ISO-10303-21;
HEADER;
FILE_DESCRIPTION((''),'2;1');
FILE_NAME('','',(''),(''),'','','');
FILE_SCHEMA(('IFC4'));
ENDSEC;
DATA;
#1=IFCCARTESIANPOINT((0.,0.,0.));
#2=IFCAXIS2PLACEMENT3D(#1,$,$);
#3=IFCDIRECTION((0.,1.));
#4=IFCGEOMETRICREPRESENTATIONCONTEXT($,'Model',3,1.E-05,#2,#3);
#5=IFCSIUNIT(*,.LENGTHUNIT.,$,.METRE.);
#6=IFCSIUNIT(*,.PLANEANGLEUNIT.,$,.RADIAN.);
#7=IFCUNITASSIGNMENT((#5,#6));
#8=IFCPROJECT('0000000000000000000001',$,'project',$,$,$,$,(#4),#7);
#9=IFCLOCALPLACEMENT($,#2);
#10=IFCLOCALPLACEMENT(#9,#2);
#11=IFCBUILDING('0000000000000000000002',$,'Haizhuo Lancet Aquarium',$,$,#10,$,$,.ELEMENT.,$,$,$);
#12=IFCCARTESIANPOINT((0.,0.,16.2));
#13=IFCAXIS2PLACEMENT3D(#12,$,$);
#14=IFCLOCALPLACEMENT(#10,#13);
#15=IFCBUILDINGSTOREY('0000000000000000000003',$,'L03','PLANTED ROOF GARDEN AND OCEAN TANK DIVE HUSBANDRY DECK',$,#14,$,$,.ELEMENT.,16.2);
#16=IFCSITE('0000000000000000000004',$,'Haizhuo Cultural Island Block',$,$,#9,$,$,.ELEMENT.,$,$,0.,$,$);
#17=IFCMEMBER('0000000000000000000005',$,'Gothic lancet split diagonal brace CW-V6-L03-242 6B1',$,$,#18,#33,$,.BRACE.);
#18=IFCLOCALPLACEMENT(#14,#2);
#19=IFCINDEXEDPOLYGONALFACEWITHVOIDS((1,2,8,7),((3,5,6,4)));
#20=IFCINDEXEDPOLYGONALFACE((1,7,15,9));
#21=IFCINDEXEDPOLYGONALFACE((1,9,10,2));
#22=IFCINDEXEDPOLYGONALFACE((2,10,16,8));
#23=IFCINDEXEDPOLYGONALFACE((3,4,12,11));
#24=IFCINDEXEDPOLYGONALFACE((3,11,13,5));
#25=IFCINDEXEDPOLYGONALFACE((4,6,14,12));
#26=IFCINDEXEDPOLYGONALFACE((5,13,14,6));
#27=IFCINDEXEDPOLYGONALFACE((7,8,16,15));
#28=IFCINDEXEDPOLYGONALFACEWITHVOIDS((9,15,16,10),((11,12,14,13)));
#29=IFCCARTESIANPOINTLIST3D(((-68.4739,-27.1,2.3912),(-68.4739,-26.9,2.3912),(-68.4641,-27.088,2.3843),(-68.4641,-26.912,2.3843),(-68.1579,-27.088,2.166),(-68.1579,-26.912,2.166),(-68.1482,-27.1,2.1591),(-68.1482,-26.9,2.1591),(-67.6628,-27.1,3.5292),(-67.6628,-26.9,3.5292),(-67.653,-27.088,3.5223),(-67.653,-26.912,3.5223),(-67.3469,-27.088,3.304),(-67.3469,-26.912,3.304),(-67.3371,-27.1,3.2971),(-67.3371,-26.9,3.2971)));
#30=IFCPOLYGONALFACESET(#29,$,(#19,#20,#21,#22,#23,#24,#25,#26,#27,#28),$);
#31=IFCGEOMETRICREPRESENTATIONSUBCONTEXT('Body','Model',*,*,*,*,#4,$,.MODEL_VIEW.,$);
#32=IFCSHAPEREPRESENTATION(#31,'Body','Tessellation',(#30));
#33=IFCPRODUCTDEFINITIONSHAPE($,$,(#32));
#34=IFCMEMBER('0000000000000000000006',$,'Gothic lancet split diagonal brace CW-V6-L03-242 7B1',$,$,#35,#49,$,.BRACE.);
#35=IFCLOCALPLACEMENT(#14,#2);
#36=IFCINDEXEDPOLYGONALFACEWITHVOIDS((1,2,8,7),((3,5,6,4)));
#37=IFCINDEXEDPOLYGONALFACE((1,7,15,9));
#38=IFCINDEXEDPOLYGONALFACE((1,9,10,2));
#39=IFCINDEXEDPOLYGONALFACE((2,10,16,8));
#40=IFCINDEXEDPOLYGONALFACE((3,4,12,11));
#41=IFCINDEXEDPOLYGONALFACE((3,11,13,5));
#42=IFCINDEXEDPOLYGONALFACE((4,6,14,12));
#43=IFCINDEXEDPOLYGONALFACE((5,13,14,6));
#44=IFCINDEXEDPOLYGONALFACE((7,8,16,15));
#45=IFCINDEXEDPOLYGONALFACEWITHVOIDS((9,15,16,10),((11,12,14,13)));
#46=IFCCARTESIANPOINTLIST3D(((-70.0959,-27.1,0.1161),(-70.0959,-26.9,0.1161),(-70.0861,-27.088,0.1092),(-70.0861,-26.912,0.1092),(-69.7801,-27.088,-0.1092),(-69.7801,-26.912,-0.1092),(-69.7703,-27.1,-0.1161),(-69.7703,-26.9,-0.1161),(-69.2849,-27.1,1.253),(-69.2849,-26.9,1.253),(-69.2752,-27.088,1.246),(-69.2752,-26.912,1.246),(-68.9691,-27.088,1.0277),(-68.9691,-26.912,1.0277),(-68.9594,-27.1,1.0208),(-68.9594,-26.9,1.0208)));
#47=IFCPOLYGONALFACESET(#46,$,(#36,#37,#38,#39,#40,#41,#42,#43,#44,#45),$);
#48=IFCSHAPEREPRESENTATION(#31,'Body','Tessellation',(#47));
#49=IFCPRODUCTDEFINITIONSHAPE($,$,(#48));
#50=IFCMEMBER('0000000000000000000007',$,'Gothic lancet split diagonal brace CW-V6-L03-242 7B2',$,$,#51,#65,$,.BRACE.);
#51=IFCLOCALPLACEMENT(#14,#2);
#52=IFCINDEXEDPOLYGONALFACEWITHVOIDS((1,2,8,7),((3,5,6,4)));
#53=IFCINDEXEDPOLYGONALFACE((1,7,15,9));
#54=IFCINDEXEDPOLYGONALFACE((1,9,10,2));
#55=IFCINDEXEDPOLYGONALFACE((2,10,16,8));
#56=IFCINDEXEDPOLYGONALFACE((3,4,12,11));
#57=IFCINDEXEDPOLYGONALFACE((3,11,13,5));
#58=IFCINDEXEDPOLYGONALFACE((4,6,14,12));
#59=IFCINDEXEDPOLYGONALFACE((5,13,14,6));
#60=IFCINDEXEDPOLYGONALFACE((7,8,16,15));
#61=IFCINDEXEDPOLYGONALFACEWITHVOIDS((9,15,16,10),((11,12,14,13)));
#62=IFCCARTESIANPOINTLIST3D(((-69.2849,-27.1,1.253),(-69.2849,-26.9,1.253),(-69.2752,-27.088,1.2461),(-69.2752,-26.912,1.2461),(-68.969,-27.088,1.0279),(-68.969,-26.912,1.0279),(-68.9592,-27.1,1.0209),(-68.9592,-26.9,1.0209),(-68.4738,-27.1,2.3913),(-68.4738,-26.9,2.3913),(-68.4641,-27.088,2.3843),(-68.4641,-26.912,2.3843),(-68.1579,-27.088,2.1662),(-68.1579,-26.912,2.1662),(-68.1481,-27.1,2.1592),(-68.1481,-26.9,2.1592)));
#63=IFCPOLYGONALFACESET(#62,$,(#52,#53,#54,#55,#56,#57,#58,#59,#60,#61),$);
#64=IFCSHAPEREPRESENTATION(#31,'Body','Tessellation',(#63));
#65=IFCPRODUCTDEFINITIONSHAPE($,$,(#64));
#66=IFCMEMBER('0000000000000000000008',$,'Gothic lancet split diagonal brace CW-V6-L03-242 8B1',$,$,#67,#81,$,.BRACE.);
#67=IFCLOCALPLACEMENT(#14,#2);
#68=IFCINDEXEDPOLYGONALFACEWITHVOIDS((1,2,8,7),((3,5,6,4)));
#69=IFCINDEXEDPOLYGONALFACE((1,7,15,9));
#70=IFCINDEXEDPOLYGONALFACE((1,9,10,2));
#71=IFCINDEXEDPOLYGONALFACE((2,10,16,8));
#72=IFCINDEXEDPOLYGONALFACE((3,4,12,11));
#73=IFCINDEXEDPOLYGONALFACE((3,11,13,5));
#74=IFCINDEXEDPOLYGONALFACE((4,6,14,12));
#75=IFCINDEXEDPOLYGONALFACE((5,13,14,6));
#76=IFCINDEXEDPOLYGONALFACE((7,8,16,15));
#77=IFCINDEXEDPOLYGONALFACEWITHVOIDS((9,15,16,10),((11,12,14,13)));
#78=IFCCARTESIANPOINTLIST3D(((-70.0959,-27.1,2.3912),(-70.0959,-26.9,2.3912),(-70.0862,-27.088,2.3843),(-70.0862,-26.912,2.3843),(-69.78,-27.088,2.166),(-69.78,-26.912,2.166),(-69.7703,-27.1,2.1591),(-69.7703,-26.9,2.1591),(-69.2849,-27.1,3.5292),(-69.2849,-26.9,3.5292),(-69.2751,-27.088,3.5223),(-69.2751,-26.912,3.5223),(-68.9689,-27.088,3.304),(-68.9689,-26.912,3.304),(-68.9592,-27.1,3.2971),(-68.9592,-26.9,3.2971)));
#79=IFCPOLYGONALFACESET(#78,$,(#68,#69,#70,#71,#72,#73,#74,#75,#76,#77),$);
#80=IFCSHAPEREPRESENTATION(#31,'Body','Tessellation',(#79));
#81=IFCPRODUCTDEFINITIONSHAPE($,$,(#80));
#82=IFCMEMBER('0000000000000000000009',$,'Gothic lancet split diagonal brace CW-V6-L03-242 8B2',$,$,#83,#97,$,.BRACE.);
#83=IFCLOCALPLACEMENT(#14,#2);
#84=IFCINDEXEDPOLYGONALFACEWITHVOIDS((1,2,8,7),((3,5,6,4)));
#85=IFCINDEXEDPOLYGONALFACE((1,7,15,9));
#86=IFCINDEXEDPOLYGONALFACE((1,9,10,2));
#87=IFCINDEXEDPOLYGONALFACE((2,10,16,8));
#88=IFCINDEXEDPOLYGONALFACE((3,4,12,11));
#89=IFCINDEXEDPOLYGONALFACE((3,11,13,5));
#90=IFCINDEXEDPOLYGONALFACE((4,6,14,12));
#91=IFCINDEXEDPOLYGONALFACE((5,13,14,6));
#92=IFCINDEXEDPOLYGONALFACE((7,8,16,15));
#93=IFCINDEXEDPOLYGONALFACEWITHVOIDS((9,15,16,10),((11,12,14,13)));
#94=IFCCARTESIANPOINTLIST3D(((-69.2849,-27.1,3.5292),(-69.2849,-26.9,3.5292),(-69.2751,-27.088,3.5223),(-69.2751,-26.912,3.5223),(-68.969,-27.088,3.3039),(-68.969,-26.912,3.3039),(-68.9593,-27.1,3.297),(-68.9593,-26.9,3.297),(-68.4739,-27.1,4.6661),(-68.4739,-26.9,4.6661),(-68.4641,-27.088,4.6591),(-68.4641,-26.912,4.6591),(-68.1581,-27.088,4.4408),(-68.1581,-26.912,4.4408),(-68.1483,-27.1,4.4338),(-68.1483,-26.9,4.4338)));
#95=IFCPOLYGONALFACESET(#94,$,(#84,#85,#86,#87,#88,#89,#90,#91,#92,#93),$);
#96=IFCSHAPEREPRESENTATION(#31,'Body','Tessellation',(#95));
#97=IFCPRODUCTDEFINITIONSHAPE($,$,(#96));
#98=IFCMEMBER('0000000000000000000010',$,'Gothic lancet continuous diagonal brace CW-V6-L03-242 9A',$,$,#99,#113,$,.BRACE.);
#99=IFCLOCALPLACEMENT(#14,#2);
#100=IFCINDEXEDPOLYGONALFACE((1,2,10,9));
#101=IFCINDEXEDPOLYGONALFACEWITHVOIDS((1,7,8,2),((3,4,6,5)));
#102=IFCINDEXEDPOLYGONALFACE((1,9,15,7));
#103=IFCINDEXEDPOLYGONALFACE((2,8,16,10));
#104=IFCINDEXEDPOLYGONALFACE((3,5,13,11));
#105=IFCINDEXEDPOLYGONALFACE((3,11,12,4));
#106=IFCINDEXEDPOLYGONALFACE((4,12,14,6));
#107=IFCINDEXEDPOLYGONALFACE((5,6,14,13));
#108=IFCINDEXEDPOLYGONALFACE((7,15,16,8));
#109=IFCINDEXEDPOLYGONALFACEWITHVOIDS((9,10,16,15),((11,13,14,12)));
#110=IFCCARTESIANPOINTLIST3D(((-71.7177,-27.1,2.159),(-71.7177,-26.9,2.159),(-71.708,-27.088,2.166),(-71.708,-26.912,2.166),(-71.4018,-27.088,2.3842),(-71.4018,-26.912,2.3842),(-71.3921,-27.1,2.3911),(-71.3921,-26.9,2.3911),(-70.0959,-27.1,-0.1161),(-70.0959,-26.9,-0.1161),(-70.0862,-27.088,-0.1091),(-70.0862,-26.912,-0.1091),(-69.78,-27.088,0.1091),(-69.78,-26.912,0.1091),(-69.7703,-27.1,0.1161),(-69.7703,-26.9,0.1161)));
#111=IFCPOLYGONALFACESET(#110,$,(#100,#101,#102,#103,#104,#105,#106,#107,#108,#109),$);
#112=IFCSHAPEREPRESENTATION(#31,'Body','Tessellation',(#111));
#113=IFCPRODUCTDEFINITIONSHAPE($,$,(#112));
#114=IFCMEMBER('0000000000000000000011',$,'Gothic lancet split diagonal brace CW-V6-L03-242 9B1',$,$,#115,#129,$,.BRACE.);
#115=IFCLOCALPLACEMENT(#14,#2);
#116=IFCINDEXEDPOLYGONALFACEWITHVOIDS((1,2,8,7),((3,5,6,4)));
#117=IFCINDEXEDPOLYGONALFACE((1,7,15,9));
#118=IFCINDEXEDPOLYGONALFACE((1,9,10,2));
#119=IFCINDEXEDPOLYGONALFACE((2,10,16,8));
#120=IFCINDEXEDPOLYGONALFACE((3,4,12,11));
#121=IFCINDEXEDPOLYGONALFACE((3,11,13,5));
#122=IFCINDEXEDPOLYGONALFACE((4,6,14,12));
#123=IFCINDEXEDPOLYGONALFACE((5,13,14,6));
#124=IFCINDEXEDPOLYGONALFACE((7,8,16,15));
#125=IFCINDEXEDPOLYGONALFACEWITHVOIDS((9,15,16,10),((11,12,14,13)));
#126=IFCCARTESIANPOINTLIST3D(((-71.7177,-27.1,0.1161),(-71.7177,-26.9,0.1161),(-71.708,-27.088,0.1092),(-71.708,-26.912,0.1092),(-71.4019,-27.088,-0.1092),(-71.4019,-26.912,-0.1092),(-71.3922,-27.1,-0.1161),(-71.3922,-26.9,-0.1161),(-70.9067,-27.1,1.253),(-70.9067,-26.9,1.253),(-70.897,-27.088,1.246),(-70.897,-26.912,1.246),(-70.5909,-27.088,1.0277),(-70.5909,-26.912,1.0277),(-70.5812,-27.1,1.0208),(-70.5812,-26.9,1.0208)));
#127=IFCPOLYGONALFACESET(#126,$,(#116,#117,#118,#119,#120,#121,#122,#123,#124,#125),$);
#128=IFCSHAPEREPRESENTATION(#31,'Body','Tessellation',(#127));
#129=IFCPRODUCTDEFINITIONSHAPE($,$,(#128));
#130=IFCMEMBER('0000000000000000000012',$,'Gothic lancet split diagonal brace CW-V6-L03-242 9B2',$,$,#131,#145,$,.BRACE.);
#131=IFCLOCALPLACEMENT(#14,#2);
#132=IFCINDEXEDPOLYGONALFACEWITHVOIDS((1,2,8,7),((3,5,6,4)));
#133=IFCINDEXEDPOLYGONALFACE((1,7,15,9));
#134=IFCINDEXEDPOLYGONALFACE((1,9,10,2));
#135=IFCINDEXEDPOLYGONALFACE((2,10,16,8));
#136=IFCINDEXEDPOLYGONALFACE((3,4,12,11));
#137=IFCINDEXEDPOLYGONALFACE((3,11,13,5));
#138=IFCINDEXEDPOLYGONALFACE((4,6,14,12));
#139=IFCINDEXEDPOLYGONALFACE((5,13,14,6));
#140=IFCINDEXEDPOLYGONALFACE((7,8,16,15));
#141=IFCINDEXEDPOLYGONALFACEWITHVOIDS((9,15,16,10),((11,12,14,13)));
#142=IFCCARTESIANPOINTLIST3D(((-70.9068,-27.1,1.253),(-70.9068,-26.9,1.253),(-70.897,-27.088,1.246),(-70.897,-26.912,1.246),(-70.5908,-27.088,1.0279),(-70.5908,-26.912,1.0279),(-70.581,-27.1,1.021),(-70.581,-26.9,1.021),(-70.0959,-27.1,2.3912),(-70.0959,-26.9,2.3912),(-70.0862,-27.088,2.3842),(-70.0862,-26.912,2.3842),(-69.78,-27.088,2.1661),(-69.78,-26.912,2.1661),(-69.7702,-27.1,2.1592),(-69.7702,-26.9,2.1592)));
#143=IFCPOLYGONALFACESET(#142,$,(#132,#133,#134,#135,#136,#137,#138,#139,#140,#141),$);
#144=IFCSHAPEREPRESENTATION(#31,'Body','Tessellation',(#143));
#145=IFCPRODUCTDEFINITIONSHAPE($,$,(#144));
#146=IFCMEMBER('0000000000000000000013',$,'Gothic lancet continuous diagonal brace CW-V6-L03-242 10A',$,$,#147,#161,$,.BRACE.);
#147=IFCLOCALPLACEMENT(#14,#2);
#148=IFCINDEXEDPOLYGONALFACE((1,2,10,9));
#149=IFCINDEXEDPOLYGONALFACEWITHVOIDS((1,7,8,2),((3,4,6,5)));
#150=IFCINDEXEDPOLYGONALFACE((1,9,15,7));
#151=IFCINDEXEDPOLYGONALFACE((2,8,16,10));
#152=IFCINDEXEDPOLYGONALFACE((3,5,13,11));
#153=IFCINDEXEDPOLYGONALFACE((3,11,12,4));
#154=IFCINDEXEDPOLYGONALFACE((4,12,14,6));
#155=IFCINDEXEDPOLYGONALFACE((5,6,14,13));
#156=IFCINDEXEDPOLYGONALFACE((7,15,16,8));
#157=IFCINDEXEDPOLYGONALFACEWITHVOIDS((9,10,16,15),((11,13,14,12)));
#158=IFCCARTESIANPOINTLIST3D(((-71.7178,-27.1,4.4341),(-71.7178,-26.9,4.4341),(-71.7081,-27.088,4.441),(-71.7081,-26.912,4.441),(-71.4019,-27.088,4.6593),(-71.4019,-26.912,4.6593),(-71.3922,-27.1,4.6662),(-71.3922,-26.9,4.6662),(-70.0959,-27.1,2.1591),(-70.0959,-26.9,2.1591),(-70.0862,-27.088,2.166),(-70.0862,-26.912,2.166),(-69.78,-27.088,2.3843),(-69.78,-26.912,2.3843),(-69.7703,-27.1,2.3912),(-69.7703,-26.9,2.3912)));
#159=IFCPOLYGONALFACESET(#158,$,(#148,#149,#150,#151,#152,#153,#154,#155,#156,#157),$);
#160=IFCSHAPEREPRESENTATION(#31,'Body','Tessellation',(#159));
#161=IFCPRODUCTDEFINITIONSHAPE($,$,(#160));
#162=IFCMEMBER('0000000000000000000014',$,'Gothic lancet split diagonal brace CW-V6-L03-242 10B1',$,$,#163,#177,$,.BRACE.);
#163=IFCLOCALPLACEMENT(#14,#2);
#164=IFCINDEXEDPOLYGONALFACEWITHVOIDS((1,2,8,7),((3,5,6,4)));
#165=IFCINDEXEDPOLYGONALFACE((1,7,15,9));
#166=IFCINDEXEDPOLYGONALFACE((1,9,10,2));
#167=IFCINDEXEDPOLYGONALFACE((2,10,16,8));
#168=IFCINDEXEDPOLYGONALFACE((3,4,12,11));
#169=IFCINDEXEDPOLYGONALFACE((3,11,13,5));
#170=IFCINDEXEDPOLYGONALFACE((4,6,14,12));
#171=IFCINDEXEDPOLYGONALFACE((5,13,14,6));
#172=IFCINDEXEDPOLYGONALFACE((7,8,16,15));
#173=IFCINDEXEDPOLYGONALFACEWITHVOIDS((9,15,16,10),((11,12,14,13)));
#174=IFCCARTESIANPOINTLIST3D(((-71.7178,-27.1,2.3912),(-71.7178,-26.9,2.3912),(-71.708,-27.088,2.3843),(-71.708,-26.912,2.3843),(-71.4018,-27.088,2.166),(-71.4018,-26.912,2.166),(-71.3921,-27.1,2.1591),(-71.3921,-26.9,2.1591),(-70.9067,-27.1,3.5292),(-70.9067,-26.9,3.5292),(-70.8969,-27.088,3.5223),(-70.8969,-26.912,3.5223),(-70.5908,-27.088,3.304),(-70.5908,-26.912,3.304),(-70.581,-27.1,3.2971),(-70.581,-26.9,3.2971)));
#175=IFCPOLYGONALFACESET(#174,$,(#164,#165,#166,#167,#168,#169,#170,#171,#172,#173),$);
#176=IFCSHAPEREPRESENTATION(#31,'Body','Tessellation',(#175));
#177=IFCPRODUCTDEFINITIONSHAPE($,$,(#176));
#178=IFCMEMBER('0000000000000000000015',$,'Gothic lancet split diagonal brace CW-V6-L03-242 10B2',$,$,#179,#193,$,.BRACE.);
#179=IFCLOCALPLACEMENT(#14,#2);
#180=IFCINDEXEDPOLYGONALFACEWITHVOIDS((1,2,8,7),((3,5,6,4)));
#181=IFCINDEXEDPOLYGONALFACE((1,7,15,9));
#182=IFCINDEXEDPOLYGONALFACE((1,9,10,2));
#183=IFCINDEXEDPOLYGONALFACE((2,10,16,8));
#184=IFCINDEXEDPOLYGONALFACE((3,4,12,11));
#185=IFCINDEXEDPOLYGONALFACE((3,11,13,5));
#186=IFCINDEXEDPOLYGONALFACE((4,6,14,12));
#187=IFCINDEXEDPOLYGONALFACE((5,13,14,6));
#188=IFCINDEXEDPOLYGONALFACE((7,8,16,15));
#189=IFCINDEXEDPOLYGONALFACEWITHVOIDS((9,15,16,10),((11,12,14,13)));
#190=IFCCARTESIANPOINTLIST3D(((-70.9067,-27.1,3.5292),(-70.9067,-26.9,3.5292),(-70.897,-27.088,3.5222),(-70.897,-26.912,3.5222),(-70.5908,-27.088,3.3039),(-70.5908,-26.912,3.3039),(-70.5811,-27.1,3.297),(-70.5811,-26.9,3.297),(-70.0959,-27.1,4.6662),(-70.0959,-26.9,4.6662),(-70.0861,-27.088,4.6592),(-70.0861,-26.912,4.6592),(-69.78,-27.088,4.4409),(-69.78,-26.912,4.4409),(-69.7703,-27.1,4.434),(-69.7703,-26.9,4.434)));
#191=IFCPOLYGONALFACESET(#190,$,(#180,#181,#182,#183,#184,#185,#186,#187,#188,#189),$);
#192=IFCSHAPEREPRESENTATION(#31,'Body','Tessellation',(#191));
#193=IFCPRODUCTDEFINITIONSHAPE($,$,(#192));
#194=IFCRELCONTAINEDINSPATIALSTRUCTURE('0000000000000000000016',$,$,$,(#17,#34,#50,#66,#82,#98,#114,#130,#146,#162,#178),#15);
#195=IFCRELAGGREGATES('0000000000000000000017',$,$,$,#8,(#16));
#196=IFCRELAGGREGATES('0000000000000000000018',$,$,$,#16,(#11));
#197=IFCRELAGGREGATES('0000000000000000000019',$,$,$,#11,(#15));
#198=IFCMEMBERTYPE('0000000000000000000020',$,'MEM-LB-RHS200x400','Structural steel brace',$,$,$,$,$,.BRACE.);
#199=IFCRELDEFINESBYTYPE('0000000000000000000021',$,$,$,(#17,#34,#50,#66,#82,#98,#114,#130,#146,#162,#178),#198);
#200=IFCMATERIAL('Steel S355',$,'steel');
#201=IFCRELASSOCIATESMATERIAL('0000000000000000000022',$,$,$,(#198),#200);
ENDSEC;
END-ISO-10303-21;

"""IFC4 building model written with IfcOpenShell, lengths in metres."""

from ifc_helpers import new_model, si_unit, direction, frame, origin, origin_2d, place, context, subcontext, project, spatial, hollow_rectangle, extrude, material, material_profile, profile_set, type_object, element, save


model = new_model("IFC4")

# Units and contexts
model_context = context("Model", 3, precision=1e-05, world=origin(), true_north=direction((0.0, 1.0)))
body_context = subcontext(model_context, "Body", "Model", "MODEL_VIEW")
ifc_project = project(units=[si_unit("LENGTHUNIT", "METRE"), si_unit("PLANEANGLEUNIT", "RADIAN")], contexts=[model_context])

# Site, building, storey
site_placement = place(None, origin())
site = spatial("IfcSite", under=ifc_project, at=site_placement, Name="Haizhuo Cultural Island Block", CompositionType="ELEMENT", RefElevation=0.0)
building_placement = place(site_placement, origin())
building = spatial("IfcBuilding", under=site, at=building_placement, Name="Haizhuo Lancet Aquarium", CompositionType="ELEMENT")
storey_placement = place(building_placement, frame((0.0, 0.0, 16.2)))
storey = spatial("IfcBuildingStorey", under=building, at=storey_placement, Name="L03", Description="PLANTED ROOF GARDEN AND OCEAN TANK DIVE HUSBANDRY DECK", CompositionType="ELEMENT", Elevation=16.2)

# Members
ifc_material_1 = material(Name="Steel S355", Category="steel")
ifc_material_profile_1 = material_profile(ifc_material_1, hollow_rectangle(XDim=0.2, YDim=0.3999, WallThickness=0.012, at=origin_2d()), Name="RHS 200x400x12")
ifc_profile_set_1 = profile_set([ifc_material_profile_1], Name="Steel S355")
member_type_1 = type_object("IfcMemberType", Name="MEM-LB-RHS200x400", Description="Structural steel brace", PredefinedType="BRACE", material=ifc_profile_set_1)
member_1_placement = place(storey_placement, frame((-68.311, -27.0, 2.2751), z_axis=(0.580395, 0.0, 0.814335), x_axis=(0.0, 1.0, 0.0)))
element("IfcMember", 1, at=member_1_placement, inside=storey, type_object=member_type_1, Name="Gothic lancet split diagonal brace CW-V6-L03-242 6B1", PredefinedType="BRACE", context=body_context, shape_type="SweptSolid", body=[
    extrude(hollow_rectangle(XDim=0.2, YDim=0.3999, WallThickness=0.012, at=origin_2d()), origin(), (0.0, 0.0, 1.0), 1.3975),
])
member_2_placement = place(storey_placement, frame((-69.9331, -27.0, 0.0), z_axis=(0.580725, 0.0, 0.814099), x_axis=(0.0, 1.0, 0.0)))
element("IfcMember", 2, at=member_2_placement, inside=storey, type_object=member_type_1, Name="Gothic lancet split diagonal brace CW-V6-L03-242 7B1", PredefinedType="BRACE", context=body_context, shape_type="SweptSolid", body=[
    extrude(hollow_rectangle(XDim=0.2, YDim=0.3999, WallThickness=0.012, at=origin_2d()), origin(), (0.0, 0.0, 1.0), 1.3965),
])
member_3_placement = place(storey_placement, frame((-69.1221, -27.0, 1.137), z_axis=(0.580312, 0.0, 0.814394), x_axis=(0.0, 1.0, 0.0)))
element("IfcMember", 3, at=member_3_placement, inside=storey, type_object=member_type_1, Name="Gothic lancet split diagonal brace CW-V6-L03-242 7B2", PredefinedType="BRACE", context=body_context, shape_type="SweptSolid", body=[
    extrude(hollow_rectangle(XDim=0.2, YDim=0.3999, WallThickness=0.012, at=origin_2d()), origin(), (0.0, 0.0, 1.0), 1.3977),
])
member_4_placement = place(storey_placement, frame((-69.9331, -27.0, 2.2751), z_axis=(0.580395, 0.0, 0.814335), x_axis=(0.0, 1.0, 0.0)))
element("IfcMember", 4, at=member_4_placement, inside=storey, type_object=member_type_1, Name="Gothic lancet split diagonal brace CW-V6-L03-242 8B1", PredefinedType="BRACE", context=body_context, shape_type="SweptSolid", body=[
    extrude(hollow_rectangle(XDim=0.2, YDim=0.3999, WallThickness=0.012, at=origin_2d()), origin(), (0.0, 0.0, 1.0), 1.3975),
])
member_5_placement = place(storey_placement, frame((-69.1221, -27.0, 3.4131), z_axis=(0.580725, 0.0, 0.814099), x_axis=(0.0, 1.0, 0.0)))
element("IfcMember", 5, at=member_5_placement, inside=storey, type_object=member_type_1, Name="Gothic lancet split diagonal brace CW-V6-L03-242 8B2", PredefinedType="BRACE", context=body_context, shape_type="SweptSolid", body=[
    extrude(hollow_rectangle(XDim=0.2, YDim=0.3999, WallThickness=0.012, at=origin_2d()), origin(), (0.0, 0.0, 1.0), 1.3965),
])
member_6_placement = place(storey_placement, frame((-69.9331, -27.0, 0.0), z_axis=(-0.580461, 0.0, 0.814288), x_axis=(0.0, -1.0, 0.0)))
element("IfcMember", 6, at=member_6_placement, inside=storey, type_object=member_type_1, Name="Gothic lancet continuous diagonal brace CW-V6-L03-242 9A", PredefinedType="BRACE", context=body_context, shape_type="SweptSolid", body=[
    extrude(hollow_rectangle(XDim=0.2, YDim=0.3999, WallThickness=0.012, at=origin_2d()), origin(), (0.0, 0.0, 1.0), 2.7939),
])
member_7_placement = place(storey_placement, frame((-71.5549, -27.0, 0.0), z_axis=(0.580725, 0.0, 0.814099), x_axis=(0.0, 1.0, 0.0)))
element("IfcMember", 7, at=member_7_placement, inside=storey, type_object=member_type_1, Name="Gothic lancet split diagonal brace CW-V6-L03-242 9B1", PredefinedType="BRACE", context=body_context, shape_type="SweptSolid", body=[
    extrude(hollow_rectangle(XDim=0.2, YDim=0.3999, WallThickness=0.012, at=origin_2d()), origin(), (0.0, 0.0, 1.0), 1.3965),
])
member_8_placement = place(storey_placement, frame((-70.7439, -27.0, 1.137), z_axis=(0.580197, 0.0, 0.814476), x_axis=(0.0, 1.0, 0.0)))
element("IfcMember", 8, at=member_8_placement, inside=storey, type_object=member_type_1, Name="Gothic lancet split diagonal brace CW-V6-L03-242 9B2", PredefinedType="BRACE", context=body_context, shape_type="SweptSolid", body=[
    extrude(hollow_rectangle(XDim=0.2, YDim=0.3999, WallThickness=0.012, at=origin_2d()), origin(), (0.0, 0.0, 1.0), 1.3975),
])
member_9_placement = place(storey_placement, frame((-69.9331, -27.0, 2.2751), z_axis=(-0.580502, 0.0, 0.814259), x_axis=(0.0, -1.0, 0.0)))
element("IfcMember", 9, at=member_9_placement, inside=storey, type_object=member_type_1, Name="Gothic lancet continuous diagonal brace CW-V6-L03-242 10A", PredefinedType="BRACE", context=body_context, shape_type="SweptSolid", body=[
    extrude(hollow_rectangle(XDim=0.2, YDim=0.3999, WallThickness=0.012, at=origin_2d()), origin(), (0.0, 0.0, 1.0), 2.7939),
])
member_10_placement = place(storey_placement, frame((-71.5549, -27.0, 2.2751), z_axis=(0.580395, 0.0, 0.814335), x_axis=(0.0, 1.0, 0.0)))
element("IfcMember", 10, at=member_10_placement, inside=storey, type_object=member_type_1, Name="Gothic lancet split diagonal brace CW-V6-L03-242 10B1", PredefinedType="BRACE", context=body_context, shape_type="SweptSolid", body=[
    extrude(hollow_rectangle(XDim=0.2, YDim=0.3999, WallThickness=0.012, at=origin_2d()), origin(), (0.0, 0.0, 1.0), 1.3975),
])
member_11_placement = place(storey_placement, frame((-70.7439, -27.0, 3.4131), z_axis=(0.58061, 0.0, 0.814182), x_axis=(0.0, 1.0, 0.0)))
element("IfcMember", 11, at=member_11_placement, inside=storey, type_object=member_type_1, Name="Gothic lancet split diagonal brace CW-V6-L03-242 10B2", PredefinedType="BRACE", context=body_context, shape_type="SweptSolid", body=[
    extrude(hollow_rectangle(XDim=0.2, YDim=0.3999, WallThickness=0.012, at=origin_2d()), origin(), (0.0, 0.0, 1.0), 1.3965),
])

save(model, "model.ifc")
